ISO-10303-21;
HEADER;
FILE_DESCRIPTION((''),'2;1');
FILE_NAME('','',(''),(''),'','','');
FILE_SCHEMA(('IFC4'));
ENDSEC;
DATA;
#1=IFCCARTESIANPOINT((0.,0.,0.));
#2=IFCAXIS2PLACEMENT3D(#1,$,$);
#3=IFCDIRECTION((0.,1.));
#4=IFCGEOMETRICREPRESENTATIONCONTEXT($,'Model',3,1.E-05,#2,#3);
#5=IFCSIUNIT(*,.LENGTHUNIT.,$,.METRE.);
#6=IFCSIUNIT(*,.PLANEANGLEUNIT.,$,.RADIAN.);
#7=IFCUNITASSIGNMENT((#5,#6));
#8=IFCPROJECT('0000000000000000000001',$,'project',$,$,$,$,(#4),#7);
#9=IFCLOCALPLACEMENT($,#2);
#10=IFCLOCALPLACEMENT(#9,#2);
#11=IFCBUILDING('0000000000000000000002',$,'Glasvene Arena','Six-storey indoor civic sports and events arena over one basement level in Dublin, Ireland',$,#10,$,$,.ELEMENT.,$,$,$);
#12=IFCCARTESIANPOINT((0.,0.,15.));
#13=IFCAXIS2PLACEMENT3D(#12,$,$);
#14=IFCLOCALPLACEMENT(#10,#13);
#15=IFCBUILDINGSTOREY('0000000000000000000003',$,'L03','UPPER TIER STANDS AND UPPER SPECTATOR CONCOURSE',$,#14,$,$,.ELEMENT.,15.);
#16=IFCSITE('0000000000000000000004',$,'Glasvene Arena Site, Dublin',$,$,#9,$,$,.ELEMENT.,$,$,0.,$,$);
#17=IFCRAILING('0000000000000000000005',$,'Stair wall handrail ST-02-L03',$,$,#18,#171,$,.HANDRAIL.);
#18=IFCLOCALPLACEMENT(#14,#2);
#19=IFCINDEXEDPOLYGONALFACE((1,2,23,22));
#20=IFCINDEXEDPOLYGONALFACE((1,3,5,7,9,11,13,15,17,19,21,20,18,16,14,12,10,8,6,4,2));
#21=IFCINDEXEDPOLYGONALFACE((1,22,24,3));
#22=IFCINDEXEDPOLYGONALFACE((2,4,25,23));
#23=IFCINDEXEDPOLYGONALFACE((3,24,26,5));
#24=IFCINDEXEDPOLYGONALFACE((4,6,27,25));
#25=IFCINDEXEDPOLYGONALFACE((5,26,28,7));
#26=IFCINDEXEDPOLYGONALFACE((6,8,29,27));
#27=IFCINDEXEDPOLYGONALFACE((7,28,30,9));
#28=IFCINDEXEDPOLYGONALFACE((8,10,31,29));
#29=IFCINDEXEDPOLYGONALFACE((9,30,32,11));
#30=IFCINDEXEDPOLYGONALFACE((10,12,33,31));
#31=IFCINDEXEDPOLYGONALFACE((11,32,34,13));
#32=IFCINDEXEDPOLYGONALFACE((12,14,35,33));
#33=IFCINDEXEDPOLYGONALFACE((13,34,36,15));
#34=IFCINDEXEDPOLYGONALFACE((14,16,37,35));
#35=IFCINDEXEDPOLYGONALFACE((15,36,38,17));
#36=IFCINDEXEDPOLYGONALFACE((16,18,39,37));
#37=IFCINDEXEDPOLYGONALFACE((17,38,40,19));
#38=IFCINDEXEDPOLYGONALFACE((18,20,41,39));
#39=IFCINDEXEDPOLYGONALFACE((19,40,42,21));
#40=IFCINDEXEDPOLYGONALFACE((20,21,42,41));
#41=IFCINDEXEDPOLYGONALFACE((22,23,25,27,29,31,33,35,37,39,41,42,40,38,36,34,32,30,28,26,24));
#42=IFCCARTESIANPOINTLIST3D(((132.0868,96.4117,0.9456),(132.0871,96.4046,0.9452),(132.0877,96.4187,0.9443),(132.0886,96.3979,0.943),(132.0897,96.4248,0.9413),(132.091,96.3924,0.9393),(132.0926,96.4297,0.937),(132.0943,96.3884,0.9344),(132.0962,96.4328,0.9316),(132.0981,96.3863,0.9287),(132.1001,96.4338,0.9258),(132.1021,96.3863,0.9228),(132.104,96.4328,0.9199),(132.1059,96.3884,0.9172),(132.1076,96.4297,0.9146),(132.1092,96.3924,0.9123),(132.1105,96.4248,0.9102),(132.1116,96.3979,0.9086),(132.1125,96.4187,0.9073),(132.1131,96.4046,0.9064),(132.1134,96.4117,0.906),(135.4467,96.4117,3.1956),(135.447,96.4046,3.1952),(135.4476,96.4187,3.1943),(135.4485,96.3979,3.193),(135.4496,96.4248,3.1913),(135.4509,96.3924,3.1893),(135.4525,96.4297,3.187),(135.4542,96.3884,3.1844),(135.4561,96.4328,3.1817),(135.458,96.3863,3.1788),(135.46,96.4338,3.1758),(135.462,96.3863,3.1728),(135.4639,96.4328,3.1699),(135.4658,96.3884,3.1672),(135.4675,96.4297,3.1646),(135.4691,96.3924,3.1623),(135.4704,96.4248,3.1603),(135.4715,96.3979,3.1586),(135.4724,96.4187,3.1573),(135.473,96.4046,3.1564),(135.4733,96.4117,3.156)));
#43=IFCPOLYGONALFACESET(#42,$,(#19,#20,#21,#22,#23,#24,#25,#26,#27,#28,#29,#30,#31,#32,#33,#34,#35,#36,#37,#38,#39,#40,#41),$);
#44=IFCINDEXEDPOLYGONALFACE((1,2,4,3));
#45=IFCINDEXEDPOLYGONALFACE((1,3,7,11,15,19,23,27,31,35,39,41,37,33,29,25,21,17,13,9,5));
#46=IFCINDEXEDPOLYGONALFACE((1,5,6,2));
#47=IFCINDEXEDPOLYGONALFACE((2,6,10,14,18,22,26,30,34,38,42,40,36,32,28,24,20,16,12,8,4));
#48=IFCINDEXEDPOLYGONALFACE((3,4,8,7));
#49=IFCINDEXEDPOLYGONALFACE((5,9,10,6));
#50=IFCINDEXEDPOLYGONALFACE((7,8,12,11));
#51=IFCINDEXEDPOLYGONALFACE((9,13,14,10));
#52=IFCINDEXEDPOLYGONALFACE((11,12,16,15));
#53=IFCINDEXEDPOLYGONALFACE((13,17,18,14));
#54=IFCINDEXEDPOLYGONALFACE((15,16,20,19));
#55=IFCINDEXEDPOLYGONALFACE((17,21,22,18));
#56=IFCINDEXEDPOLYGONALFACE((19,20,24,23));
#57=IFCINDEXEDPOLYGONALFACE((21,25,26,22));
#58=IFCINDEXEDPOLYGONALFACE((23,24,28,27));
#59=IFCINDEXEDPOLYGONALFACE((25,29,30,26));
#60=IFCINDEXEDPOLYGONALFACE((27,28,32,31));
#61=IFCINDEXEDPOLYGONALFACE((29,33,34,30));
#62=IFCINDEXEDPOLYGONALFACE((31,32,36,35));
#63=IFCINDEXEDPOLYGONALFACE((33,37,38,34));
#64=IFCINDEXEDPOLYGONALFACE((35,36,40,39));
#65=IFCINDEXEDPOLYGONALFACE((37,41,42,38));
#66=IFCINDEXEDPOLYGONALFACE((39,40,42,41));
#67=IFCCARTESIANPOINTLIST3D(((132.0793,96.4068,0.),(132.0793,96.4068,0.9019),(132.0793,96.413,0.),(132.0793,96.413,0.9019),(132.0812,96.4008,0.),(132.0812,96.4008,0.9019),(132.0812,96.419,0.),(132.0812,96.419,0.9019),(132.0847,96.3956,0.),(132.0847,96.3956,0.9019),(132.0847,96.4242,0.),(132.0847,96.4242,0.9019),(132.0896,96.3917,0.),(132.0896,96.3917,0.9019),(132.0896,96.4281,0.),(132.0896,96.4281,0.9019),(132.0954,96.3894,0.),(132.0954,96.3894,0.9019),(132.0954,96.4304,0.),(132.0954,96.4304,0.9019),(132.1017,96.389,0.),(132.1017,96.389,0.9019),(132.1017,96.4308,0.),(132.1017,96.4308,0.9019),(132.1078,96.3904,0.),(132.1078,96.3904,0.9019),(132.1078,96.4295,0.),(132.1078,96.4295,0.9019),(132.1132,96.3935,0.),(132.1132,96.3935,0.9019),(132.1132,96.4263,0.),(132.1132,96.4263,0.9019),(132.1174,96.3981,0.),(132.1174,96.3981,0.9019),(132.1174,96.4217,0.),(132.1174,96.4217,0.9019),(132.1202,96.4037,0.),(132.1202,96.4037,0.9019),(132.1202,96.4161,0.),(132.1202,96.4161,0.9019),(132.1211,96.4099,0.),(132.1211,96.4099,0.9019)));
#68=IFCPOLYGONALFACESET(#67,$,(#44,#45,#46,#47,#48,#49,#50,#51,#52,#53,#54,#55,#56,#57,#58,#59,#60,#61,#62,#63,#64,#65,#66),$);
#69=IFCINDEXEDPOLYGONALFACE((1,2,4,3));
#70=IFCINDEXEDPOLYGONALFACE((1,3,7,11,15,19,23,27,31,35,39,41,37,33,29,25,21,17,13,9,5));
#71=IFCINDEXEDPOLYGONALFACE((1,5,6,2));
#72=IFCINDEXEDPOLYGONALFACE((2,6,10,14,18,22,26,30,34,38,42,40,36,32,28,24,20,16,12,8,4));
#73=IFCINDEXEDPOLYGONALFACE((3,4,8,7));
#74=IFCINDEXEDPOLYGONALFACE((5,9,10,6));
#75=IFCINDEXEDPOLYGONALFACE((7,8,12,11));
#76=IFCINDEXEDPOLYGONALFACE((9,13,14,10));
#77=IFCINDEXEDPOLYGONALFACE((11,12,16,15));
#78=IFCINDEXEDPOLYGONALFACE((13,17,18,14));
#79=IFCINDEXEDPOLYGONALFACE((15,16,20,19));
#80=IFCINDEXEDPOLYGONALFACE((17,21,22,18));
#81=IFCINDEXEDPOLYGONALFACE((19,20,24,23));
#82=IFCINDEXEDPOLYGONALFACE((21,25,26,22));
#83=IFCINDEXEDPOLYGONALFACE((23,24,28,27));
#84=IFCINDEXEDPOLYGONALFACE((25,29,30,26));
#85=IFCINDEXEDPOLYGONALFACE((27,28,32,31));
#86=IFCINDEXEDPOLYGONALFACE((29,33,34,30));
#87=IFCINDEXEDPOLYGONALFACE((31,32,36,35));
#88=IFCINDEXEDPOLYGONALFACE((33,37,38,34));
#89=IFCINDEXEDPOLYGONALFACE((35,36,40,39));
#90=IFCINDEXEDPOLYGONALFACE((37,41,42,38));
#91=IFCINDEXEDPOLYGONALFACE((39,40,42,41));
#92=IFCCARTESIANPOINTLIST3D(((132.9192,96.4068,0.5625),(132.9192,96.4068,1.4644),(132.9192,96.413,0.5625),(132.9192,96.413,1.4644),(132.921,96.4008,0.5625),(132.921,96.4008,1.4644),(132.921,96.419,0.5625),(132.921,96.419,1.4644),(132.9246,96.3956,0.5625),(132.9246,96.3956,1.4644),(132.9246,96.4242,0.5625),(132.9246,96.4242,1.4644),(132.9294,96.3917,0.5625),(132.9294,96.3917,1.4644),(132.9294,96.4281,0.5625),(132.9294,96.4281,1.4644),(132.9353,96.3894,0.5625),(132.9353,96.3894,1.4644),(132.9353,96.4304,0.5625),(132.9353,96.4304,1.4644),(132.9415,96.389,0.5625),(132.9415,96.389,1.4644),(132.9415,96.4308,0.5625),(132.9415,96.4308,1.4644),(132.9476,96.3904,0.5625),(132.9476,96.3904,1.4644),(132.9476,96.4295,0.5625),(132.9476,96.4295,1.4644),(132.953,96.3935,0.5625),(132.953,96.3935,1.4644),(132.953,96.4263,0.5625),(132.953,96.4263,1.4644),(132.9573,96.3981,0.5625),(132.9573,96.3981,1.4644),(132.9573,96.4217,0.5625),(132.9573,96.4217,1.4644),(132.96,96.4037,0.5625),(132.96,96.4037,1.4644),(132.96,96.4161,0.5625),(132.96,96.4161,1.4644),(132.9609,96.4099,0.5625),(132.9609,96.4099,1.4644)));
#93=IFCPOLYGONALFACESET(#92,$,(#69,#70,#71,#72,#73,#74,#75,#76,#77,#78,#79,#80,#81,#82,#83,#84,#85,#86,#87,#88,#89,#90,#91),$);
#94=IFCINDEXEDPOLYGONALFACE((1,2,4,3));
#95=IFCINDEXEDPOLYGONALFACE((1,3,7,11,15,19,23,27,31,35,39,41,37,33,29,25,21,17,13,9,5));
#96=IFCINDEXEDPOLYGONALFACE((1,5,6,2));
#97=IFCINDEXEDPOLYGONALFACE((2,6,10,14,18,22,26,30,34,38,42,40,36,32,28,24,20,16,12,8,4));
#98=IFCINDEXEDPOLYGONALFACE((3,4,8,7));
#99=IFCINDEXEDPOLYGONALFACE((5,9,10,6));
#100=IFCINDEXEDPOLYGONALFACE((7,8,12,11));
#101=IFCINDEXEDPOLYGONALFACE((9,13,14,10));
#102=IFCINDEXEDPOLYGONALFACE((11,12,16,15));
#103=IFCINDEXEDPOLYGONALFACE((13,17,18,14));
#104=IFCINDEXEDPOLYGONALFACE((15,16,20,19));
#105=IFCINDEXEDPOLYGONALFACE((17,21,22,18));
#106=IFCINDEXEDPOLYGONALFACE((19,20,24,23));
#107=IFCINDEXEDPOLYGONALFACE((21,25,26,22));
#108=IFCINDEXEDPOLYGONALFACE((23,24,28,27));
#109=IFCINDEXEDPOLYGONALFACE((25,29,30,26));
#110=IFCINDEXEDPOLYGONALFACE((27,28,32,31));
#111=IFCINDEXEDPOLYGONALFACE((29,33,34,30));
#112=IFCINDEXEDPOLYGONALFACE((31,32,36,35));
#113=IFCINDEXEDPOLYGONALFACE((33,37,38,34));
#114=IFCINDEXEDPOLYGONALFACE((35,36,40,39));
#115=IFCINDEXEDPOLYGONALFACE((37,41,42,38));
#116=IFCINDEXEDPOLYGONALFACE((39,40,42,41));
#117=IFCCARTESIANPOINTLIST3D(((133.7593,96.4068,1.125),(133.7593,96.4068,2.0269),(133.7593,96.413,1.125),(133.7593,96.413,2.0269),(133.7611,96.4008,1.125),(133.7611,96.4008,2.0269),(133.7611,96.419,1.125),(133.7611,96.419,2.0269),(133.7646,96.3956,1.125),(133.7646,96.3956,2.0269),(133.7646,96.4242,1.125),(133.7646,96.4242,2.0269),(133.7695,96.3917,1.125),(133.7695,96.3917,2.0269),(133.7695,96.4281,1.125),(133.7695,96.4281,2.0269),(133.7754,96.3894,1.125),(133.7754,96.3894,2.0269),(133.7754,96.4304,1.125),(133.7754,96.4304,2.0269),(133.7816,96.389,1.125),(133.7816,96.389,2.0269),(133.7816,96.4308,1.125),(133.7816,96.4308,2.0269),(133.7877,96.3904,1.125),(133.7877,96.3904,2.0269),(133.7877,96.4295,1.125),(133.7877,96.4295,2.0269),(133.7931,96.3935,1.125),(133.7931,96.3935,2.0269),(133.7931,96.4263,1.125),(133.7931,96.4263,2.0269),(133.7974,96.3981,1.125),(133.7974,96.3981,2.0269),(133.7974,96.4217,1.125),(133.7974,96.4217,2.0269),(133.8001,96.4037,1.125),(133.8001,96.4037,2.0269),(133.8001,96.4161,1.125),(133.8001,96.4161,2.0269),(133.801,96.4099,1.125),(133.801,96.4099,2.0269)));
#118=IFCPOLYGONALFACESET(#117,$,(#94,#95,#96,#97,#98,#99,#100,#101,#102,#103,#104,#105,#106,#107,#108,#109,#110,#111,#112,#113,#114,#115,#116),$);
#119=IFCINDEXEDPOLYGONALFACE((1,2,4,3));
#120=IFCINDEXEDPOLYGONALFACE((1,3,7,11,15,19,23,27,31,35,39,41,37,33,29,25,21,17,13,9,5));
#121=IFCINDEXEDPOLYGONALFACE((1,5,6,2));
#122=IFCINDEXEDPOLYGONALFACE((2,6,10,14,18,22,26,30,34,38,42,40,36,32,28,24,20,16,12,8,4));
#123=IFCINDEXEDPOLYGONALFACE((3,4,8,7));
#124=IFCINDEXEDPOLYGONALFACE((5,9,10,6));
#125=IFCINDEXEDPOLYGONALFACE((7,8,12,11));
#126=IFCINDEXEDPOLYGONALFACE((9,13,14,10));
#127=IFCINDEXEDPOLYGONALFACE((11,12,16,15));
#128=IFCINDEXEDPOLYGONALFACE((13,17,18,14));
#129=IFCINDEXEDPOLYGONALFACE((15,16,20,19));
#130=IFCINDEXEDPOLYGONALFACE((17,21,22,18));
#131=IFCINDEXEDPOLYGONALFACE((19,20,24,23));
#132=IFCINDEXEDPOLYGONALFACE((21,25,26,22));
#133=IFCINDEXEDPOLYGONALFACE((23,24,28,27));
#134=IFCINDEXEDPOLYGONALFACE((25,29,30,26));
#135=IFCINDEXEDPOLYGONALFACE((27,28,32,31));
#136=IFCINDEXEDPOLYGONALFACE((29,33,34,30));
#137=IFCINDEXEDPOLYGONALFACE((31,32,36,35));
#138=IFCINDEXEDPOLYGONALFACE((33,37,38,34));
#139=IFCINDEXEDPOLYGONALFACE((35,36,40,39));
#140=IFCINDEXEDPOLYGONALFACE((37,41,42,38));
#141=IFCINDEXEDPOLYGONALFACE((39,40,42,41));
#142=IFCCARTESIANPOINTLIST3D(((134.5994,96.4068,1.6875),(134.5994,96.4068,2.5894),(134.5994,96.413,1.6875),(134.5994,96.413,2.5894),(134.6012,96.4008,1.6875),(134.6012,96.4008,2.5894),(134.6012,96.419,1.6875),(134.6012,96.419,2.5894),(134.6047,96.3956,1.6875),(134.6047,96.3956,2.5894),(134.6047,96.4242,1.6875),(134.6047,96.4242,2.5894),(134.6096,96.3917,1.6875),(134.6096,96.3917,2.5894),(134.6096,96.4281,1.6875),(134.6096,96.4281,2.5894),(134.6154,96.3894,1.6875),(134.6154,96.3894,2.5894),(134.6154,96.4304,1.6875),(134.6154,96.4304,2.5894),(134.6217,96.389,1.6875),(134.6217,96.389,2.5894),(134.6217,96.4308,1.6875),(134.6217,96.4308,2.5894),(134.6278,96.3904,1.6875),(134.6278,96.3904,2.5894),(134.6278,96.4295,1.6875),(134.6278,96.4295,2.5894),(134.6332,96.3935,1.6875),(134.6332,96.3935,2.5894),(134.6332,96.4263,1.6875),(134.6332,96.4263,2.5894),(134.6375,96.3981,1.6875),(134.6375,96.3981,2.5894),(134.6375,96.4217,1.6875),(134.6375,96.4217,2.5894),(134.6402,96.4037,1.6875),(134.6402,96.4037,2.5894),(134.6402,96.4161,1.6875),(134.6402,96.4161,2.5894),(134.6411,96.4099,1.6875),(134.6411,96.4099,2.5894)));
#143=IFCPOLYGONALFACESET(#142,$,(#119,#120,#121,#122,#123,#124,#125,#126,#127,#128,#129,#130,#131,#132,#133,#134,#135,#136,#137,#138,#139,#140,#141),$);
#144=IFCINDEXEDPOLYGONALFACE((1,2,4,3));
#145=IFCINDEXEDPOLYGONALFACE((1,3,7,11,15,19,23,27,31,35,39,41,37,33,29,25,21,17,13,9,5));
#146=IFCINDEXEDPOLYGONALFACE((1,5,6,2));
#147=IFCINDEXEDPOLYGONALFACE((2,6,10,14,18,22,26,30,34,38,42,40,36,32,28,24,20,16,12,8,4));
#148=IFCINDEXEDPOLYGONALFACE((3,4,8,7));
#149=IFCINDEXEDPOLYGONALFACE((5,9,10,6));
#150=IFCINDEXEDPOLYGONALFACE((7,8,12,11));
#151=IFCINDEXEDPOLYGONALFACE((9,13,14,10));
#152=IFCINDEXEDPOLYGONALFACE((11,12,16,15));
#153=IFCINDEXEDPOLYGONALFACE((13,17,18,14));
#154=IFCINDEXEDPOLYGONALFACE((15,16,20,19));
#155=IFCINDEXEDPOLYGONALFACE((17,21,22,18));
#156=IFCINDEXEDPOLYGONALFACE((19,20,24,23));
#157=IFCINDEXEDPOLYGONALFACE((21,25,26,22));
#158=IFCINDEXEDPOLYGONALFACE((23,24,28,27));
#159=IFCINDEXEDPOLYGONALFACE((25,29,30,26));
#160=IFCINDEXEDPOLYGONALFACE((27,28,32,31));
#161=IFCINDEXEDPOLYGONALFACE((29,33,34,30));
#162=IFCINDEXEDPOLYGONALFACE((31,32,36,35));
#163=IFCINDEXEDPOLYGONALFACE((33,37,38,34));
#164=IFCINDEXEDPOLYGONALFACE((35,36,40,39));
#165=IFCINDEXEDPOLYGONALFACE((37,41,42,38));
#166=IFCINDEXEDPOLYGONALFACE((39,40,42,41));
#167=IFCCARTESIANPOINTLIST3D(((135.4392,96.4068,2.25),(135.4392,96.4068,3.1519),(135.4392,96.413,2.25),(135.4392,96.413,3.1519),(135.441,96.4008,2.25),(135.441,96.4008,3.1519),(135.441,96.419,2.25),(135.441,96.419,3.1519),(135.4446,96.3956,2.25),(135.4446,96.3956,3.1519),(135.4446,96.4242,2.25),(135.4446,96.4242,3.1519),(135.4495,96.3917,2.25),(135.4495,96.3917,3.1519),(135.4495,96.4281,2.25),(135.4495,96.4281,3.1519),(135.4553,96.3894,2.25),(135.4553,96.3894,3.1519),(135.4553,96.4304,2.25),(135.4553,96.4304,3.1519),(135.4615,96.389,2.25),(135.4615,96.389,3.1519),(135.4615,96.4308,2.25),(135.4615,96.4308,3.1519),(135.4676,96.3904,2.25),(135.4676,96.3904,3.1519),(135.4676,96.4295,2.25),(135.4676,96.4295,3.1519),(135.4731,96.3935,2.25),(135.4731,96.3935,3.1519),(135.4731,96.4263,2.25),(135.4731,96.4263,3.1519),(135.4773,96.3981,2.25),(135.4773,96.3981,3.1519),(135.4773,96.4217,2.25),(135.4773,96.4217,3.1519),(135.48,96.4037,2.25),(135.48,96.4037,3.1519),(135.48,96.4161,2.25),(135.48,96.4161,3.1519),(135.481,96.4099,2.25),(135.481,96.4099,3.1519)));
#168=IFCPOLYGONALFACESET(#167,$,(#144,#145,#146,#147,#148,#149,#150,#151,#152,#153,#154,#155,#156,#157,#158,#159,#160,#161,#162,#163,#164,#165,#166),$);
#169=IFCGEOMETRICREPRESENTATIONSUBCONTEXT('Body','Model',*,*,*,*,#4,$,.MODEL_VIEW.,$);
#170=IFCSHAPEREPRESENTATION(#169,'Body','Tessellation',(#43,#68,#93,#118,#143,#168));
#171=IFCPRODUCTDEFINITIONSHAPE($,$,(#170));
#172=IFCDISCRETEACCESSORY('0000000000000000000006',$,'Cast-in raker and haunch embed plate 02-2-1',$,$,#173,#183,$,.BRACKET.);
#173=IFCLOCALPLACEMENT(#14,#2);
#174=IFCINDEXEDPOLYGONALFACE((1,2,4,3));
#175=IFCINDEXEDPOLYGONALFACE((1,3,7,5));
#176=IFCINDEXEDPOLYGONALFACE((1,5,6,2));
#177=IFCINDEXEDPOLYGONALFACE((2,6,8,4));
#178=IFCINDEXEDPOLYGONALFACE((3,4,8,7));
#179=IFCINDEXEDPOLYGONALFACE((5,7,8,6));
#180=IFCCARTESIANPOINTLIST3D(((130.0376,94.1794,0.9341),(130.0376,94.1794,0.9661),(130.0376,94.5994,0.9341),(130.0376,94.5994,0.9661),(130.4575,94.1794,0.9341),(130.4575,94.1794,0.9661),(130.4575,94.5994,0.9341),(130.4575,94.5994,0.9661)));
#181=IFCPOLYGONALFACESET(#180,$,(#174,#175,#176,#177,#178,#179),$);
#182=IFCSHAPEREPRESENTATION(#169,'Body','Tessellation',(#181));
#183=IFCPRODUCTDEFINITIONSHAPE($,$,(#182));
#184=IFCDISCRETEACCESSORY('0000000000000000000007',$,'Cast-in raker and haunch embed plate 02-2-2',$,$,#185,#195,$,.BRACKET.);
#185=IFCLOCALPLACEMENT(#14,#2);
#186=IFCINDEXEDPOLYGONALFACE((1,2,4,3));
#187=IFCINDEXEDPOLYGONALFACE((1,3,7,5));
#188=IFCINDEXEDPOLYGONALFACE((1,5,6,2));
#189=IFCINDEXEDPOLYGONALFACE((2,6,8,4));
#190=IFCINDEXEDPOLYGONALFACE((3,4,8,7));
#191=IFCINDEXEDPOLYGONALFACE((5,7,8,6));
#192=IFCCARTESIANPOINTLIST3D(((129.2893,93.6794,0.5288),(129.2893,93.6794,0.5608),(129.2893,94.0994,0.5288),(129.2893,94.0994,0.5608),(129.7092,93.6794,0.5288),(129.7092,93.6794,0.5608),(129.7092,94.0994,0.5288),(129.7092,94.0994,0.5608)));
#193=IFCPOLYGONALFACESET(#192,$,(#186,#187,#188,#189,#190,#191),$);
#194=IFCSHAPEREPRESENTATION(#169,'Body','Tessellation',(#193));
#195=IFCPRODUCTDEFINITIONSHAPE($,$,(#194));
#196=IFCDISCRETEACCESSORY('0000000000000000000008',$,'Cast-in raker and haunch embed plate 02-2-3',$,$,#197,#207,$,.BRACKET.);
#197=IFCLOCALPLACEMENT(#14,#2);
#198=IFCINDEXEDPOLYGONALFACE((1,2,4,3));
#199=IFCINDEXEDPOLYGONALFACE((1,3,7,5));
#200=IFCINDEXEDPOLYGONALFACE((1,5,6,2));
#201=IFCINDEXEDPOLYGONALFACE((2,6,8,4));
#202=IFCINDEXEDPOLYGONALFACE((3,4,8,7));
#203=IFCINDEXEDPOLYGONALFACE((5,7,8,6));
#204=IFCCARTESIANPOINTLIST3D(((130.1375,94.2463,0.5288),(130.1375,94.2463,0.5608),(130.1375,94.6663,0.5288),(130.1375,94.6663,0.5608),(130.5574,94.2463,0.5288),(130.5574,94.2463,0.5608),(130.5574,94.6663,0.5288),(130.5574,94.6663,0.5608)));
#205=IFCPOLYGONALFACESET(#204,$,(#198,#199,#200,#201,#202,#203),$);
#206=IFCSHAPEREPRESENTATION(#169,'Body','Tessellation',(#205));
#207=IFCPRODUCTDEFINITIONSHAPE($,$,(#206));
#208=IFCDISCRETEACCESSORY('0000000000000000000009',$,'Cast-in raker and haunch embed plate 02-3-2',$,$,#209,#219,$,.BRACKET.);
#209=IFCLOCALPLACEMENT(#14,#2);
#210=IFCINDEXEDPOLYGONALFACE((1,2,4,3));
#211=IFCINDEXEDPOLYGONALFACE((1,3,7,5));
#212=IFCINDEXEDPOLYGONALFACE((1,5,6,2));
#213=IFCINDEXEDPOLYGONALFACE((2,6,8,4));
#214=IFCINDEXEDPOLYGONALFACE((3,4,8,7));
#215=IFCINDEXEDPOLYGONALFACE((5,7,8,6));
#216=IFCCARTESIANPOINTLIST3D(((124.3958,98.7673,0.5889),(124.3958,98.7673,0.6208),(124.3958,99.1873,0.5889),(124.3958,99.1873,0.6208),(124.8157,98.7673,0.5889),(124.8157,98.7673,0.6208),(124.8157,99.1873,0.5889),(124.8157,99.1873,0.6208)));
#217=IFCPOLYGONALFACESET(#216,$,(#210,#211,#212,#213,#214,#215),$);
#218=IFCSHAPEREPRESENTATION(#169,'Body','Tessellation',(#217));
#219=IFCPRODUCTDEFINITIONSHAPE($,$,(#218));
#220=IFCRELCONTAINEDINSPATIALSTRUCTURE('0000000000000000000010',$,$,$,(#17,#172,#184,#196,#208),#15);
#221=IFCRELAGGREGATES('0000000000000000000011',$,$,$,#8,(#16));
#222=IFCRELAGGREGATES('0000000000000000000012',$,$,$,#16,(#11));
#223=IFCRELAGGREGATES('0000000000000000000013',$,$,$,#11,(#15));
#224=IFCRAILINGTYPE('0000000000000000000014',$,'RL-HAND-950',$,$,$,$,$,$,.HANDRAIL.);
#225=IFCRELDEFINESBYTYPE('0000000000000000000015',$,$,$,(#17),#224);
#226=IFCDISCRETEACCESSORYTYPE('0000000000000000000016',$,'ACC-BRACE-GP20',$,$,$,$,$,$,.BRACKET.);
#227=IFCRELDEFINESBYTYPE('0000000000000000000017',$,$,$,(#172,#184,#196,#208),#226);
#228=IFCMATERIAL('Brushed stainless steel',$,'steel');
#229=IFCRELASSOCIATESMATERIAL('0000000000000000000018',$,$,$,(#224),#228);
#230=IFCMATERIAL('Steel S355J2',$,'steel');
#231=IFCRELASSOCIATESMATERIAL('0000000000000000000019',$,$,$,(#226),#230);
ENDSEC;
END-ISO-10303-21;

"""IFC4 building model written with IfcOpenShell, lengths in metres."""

from ifc_helpers import new_model, si_unit, direction, frame, origin, origin_2d, place, context, subcontext, project, spatial, rectangle, circle, extrude, material, type_object, element, save


model = new_model("IFC4")

# Units and contexts
model_context = context("Model", 3, precision=1e-05, world=origin(), true_north=direction((0.0, 1.0)))
body_context = subcontext(model_context, "Body", "Model", "MODEL_VIEW")
ifc_project = project(units=[si_unit("LENGTHUNIT", "METRE"), si_unit("PLANEANGLEUNIT", "RADIAN")], contexts=[model_context])

# Site, building, storey
site_placement = place(None, origin())
site = spatial("IfcSite", under=ifc_project, at=site_placement, Name="Glasvene Arena Site, Dublin", CompositionType="ELEMENT", RefElevation=0.0)
building_placement = place(site_placement, origin())
building = spatial("IfcBuilding", under=site, at=building_placement, Name="Glasvene Arena", Description="Six-storey indoor civic sports and events arena over one basement level in Dublin, Ireland", CompositionType="ELEMENT")
storey_placement = place(building_placement, frame((0.0, 0.0, 15.0)))
storey = spatial("IfcBuildingStorey", under=building, at=storey_placement, Name="L03", Description="UPPER TIER STANDS AND UPPER SPECTATOR CONCOURSE", CompositionType="ELEMENT", Elevation=15.0)

# Shared definitions
ifc_material_1 = material(Name="Steel S355J2", Category="steel")

# Railing
ifc_material_2 = material(Name="Brushed stainless steel", Category="steel")
railing_type_1 = type_object("IfcRailingType", Name="RL-HAND-950", PredefinedType="HANDRAIL", material=ifc_material_2)
railing_1_placement = place(storey_placement, frame((132.1001, 96.4099, 0.0)))
element("IfcRailing", 1, at=railing_1_placement, inside=storey, type_object=railing_type_1, Name="Stair wall handrail ST-02-L03", PredefinedType="HANDRAIL", context=body_context, shape_type="SweptSolid", body=[
    extrude(circle(Radius=0.0239, at=origin_2d()), frame((0.0, 0.0, 0.9258), z_axis=(0.830897, 0.0, 0.556427), x_axis=(0.0, 1.0, 0.0)), (0.0, 0.0, 1.0), 4.0437),
    extrude(circle(Radius=0.021, at=origin_2d()), origin(), (0.0, 0.0, 1.0), 0.9019),
    extrude(circle(Radius=0.021, at=origin_2d()), frame((0.8398, 0.0, 0.5625)), (0.0, 0.0, 1.0), 0.9019),
    extrude(circle(Radius=0.021, at=origin_2d()), frame((1.6799, 0.0, 1.125)), (0.0, 0.0, 1.0), 0.9019),
    extrude(circle(Radius=0.021, at=origin_2d()), frame((2.52, 0.0, 1.6875)), (0.0, 0.0, 1.0), 0.9019),
    extrude(circle(Radius=0.021, at=origin_2d()), frame((3.3599, 0.0, 2.25)), (0.0, 0.0, 1.0), 0.9019),
])

# Discrete accessories
discrete_accessory_type = type_object("IfcDiscreteAccessoryType", Name="ACC-BRACE-GP20", PredefinedType="BRACKET", material=ifc_material_1)
for number, where, z_axis, x_axis, name in (
    (2, (130.2476, 94.3894, 0.9341), (0.0, 0.0, 1.0), (1.0, 0.0, 0.0), "Cast-in raker and haunch embed plate 02-2-1"),
    (3, (129.4993, 93.8894, 0.5288), (0.0, 0.0, 1.0), (1.0, 0.0, 0.0), "Cast-in raker and haunch embed plate 02-2-2"),
    (4, (130.3474, 94.4563, 0.5288), (0.0, 0.0, 1.0), (1.0, 0.0, 0.0), "Cast-in raker and haunch embed plate 02-2-3"),
    (5, (124.6057, 98.9773, 0.5889), (0.0, 0.0, 1.0), (1.0, 0.0, 0.0), "Cast-in raker and haunch embed plate 02-3-2"),
):
    element("IfcDiscreteAccessory", number, at=place(storey_placement, frame(where, z_axis=z_axis, x_axis=x_axis)), inside=storey, type_object=discrete_accessory_type, Name=name, PredefinedType="BRACKET", context=body_context, shape_type="SweptSolid", body=[
        extrude(rectangle(XDim=0.4199, YDim=0.4199, at=origin_2d()), origin(), (0.0, 0.0, 1.0), 0.032),
    ])

save(model, "model.ifc")
